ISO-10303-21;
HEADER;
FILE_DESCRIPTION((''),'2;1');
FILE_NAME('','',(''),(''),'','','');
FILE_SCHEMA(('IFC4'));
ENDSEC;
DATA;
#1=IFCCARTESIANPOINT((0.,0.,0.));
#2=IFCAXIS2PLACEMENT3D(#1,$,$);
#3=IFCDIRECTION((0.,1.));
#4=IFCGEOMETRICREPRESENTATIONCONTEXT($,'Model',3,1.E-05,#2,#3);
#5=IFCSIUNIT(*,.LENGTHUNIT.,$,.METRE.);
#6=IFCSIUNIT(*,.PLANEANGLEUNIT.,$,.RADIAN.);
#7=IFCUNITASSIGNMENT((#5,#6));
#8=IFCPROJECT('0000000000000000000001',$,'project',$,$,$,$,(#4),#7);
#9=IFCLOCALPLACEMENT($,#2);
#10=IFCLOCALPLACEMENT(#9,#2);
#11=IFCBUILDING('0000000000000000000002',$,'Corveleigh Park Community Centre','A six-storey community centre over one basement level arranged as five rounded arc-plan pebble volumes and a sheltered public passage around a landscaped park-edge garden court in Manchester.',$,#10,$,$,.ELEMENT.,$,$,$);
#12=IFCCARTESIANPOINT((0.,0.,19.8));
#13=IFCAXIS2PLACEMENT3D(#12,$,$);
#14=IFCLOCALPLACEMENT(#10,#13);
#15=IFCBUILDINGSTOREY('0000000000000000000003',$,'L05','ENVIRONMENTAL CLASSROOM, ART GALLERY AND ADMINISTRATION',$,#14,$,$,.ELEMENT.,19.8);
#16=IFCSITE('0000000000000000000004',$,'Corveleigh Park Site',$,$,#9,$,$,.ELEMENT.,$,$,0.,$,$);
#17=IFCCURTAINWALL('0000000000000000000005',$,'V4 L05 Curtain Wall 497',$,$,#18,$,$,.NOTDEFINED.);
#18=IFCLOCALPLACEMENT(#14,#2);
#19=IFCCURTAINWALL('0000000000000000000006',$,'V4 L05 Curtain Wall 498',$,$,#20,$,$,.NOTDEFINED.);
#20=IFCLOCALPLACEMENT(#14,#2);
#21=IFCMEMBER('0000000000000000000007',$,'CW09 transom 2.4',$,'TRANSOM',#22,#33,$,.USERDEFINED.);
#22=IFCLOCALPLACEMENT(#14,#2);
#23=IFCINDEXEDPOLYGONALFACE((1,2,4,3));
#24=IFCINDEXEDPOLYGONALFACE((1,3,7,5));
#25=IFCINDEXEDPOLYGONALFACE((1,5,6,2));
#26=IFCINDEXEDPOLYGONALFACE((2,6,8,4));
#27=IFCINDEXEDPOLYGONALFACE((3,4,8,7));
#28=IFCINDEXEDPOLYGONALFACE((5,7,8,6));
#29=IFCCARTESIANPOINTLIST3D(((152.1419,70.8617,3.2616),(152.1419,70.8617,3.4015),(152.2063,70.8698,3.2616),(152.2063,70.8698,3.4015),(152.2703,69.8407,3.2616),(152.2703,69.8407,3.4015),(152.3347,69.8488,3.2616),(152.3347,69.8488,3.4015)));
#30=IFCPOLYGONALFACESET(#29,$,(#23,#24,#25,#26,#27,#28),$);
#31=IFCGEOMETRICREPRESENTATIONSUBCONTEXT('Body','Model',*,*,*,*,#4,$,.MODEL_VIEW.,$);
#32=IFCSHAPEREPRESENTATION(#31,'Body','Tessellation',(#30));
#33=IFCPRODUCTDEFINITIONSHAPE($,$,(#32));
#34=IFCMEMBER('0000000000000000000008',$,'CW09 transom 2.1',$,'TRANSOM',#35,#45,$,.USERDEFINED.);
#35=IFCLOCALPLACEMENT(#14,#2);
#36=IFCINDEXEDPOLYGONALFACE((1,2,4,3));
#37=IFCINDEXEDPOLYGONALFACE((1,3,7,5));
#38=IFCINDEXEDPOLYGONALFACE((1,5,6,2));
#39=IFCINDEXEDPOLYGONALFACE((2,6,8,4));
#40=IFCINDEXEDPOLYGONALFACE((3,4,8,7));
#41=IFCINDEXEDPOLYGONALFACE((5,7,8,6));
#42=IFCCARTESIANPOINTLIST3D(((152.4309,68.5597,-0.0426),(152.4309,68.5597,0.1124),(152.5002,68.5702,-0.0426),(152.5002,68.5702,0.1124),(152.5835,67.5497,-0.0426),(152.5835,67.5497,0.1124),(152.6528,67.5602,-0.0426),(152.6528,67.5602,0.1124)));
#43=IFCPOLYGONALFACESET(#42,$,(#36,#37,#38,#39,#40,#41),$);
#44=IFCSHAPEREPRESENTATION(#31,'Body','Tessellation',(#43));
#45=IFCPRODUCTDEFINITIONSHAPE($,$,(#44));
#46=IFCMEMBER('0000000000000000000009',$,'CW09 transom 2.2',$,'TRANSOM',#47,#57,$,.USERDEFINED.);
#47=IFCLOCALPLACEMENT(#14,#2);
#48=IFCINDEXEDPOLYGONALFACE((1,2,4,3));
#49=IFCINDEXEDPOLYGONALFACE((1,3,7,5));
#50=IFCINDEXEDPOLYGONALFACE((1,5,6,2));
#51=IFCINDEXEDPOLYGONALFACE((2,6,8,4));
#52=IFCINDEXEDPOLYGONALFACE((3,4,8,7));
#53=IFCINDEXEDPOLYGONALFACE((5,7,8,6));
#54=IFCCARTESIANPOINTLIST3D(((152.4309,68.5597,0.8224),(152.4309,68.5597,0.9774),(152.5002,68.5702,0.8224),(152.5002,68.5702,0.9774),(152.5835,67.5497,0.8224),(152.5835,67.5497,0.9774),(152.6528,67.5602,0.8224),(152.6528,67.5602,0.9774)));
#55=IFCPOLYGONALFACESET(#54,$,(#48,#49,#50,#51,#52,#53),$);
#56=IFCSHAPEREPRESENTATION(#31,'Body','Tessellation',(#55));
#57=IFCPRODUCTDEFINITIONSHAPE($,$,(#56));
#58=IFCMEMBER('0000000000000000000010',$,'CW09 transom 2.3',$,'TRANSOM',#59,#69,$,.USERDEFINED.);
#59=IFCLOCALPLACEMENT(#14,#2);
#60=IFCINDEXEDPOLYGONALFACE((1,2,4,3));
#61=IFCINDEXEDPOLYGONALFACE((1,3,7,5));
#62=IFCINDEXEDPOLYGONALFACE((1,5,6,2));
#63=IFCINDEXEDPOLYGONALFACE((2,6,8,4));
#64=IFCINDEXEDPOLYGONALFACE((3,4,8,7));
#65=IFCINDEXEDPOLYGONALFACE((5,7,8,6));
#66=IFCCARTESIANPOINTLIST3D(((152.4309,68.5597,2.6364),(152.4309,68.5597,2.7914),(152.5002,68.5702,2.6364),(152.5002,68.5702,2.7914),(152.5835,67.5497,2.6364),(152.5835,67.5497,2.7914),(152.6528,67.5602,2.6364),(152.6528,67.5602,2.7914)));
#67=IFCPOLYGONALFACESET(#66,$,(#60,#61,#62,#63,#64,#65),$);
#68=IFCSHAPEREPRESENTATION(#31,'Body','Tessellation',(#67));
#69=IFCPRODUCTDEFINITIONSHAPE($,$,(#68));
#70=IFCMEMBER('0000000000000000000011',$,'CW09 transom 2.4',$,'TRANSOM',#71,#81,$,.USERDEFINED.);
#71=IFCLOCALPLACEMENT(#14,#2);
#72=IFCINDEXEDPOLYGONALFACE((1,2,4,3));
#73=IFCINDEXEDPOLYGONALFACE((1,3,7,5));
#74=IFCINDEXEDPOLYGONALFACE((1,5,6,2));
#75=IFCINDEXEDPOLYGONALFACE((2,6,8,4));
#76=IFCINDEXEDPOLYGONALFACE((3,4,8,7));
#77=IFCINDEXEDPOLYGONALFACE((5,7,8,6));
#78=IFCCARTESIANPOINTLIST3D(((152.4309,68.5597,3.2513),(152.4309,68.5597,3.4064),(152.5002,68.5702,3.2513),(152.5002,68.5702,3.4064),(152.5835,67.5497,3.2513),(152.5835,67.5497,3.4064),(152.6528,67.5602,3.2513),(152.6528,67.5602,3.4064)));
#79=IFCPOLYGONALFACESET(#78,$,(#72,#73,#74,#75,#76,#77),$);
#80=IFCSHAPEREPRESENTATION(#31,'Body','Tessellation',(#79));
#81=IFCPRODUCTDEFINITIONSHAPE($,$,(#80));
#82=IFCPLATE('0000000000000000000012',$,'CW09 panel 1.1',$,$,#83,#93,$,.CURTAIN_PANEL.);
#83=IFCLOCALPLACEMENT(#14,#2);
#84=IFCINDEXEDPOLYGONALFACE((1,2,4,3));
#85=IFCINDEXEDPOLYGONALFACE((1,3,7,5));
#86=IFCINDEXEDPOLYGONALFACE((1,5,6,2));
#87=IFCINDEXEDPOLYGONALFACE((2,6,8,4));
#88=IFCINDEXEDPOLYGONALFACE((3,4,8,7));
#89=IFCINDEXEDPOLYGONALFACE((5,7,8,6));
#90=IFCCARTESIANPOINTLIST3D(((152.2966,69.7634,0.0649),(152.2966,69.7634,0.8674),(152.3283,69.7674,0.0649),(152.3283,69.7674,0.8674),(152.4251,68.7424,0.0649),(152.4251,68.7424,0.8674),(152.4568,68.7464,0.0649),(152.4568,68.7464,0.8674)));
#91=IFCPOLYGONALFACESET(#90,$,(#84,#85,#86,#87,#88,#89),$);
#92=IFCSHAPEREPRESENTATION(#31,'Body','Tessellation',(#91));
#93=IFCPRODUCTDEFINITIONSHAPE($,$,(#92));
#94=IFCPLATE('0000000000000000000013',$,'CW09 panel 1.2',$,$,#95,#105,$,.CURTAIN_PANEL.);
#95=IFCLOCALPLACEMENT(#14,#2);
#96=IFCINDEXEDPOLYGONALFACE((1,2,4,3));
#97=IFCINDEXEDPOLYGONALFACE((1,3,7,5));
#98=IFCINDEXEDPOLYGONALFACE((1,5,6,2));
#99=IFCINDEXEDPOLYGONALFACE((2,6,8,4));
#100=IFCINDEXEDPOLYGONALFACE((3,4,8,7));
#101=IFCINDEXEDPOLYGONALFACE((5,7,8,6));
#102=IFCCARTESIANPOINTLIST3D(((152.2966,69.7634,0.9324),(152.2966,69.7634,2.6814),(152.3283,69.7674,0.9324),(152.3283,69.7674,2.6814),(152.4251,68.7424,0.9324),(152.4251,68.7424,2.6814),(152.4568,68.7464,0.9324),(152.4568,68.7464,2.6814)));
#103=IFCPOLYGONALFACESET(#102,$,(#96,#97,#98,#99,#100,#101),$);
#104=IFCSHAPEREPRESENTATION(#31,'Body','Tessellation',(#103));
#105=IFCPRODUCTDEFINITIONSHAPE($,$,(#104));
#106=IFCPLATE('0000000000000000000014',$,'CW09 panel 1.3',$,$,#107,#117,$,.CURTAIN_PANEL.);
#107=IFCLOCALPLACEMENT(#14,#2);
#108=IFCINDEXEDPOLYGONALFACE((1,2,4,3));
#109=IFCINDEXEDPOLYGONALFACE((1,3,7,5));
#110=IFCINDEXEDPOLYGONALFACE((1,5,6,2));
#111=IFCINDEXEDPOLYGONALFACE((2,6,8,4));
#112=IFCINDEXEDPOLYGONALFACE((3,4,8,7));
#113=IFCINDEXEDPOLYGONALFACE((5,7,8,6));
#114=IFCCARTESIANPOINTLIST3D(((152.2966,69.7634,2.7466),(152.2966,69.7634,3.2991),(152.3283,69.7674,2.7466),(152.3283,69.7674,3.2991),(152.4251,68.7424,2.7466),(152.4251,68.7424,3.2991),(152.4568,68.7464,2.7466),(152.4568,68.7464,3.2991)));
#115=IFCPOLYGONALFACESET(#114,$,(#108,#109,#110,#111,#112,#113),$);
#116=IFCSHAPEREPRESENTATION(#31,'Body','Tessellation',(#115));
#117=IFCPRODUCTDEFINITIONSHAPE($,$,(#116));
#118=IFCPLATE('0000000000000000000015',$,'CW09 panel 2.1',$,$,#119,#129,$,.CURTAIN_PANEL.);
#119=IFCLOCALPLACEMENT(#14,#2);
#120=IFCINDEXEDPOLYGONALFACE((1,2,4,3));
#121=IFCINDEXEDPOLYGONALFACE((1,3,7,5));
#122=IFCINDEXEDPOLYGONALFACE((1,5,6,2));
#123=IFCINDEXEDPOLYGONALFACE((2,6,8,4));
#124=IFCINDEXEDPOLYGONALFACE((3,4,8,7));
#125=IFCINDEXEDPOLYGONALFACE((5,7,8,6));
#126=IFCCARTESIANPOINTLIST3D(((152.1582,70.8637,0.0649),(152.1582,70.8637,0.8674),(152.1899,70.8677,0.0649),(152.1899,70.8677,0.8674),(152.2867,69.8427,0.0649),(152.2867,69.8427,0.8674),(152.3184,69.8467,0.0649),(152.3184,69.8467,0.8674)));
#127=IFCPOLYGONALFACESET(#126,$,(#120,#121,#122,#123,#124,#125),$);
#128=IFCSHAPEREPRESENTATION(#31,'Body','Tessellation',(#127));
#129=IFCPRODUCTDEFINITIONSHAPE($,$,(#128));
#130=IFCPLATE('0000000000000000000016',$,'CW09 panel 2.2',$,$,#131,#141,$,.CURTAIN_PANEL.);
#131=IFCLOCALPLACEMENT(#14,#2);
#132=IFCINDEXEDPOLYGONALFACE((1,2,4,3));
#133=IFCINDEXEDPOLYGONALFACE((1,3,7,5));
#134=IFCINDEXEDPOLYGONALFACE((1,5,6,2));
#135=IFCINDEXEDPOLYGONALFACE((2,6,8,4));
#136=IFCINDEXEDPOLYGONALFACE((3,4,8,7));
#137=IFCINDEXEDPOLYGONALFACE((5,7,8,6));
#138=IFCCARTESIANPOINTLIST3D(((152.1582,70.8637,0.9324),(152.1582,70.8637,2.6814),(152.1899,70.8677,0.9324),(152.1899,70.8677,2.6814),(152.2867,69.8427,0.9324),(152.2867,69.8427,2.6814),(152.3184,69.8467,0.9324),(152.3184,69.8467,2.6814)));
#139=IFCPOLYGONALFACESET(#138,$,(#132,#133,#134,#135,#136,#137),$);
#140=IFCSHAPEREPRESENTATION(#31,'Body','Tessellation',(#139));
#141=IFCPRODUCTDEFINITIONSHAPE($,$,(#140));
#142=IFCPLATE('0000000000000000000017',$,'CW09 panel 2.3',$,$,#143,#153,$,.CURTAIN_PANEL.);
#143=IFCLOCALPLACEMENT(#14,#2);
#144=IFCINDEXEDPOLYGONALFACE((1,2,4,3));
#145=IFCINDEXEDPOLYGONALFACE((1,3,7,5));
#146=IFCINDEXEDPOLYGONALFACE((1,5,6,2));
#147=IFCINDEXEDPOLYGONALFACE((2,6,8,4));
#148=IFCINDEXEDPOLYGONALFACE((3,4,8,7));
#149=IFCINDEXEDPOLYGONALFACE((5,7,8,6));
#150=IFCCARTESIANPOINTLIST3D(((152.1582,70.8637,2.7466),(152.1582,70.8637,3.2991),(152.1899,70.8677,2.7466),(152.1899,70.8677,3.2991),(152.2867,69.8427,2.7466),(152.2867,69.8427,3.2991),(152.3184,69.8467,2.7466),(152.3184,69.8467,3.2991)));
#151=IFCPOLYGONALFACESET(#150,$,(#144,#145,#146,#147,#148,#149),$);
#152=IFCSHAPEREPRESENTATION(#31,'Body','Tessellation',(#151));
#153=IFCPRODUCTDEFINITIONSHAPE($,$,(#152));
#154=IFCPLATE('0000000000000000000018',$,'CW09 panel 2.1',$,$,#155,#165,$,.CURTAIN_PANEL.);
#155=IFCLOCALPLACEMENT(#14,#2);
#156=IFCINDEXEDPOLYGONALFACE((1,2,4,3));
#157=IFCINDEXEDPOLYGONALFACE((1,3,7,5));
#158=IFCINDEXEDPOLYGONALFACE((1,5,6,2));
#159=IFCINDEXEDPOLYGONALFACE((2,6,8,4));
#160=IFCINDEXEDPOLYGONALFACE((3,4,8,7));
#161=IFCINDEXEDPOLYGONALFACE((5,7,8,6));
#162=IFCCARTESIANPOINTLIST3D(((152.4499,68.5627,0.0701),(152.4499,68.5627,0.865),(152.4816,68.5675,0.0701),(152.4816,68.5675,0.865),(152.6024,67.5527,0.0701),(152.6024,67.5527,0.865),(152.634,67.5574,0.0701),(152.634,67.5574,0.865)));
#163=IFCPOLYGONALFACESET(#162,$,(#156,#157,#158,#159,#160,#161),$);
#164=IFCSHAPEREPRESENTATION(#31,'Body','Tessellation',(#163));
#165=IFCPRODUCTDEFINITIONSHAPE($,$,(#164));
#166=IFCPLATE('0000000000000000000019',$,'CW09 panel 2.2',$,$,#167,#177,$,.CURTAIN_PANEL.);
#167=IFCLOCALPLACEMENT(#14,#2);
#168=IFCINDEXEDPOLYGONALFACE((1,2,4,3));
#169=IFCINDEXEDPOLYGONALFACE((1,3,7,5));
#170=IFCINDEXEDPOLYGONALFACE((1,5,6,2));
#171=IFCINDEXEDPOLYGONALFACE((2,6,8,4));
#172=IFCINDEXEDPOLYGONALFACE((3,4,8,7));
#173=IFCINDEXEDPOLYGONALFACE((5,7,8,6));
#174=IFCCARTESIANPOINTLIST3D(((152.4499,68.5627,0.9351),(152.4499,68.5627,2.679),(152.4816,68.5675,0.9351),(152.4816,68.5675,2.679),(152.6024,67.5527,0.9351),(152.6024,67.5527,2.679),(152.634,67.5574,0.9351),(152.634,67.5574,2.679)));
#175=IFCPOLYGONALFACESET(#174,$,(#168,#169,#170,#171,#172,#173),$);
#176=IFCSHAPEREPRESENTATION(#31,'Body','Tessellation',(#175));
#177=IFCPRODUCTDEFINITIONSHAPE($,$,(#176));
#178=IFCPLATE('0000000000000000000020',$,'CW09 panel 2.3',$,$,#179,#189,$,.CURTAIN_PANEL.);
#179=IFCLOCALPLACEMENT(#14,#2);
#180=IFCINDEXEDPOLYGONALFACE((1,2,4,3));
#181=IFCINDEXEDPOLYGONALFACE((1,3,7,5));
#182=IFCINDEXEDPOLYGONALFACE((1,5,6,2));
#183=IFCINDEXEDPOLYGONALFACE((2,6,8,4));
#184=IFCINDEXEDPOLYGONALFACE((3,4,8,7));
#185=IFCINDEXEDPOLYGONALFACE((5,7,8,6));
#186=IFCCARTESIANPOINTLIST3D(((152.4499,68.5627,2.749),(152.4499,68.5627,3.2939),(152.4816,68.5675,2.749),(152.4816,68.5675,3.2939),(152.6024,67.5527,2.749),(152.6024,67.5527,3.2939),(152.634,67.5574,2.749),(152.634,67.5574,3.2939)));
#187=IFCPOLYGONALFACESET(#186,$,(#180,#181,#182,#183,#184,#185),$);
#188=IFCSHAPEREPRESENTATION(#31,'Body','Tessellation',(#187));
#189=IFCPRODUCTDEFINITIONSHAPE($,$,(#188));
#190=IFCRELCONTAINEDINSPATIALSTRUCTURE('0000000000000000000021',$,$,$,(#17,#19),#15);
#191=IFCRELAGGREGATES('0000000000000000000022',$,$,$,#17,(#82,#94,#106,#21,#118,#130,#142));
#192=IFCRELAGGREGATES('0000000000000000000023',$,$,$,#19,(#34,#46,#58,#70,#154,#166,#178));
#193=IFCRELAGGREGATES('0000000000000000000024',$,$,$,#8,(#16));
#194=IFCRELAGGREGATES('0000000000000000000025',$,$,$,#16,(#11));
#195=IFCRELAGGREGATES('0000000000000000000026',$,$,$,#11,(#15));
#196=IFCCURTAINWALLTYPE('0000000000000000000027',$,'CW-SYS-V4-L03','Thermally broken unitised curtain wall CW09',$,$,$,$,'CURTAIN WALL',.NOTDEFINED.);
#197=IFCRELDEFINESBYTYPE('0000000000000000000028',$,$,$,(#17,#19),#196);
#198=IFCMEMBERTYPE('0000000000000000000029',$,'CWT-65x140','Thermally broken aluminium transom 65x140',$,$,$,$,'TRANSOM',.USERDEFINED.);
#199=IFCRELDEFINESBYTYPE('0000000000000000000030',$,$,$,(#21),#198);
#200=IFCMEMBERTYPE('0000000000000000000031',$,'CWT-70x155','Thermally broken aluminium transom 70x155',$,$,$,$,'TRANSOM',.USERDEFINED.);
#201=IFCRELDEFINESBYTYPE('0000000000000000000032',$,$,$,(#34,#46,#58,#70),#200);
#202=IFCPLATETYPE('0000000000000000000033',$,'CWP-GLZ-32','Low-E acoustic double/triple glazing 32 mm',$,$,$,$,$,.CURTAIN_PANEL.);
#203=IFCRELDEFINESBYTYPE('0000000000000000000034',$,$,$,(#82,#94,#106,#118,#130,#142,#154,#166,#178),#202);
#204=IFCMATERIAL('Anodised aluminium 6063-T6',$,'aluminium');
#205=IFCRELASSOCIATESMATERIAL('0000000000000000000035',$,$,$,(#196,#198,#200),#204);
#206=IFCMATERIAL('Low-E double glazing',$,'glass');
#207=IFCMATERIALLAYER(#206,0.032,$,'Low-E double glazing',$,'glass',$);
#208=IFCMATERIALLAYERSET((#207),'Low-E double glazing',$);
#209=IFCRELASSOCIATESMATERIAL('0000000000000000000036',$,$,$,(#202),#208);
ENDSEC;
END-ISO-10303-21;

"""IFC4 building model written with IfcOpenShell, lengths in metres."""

from ifc_helpers import new_model, si_unit, direction, frame, origin, origin_2d, place, context, subcontext, project, spatial, rectangle, extrude, material, layer, layer_set, material_profile, profile_set, type_object, element, aggregate, save


model = new_model("IFC4")

# Units and contexts
model_context = context("Model", 3, precision=1e-05, world=origin(), true_north=direction((0.0, 1.0)))
body_context = subcontext(model_context, "Body", "Model", "MODEL_VIEW")
ifc_project = project(units=[si_unit("LENGTHUNIT", "METRE"), si_unit("PLANEANGLEUNIT", "RADIAN")], contexts=[model_context])

# Site, building, storey
site_placement = place(None, origin())
site = spatial("IfcSite", under=ifc_project, at=site_placement, Name="Corveleigh Park Site", CompositionType="ELEMENT", RefElevation=0.0)
building_placement = place(site_placement, origin())
building = spatial("IfcBuilding", under=site, at=building_placement, Name="Corveleigh Park Community Centre", Description="A six-storey community centre over one basement level arranged as five rounded arc-plan pebble volumes and a sheltered public passage around a landscaped park-edge garden court in Manchester.", CompositionType="ELEMENT")
storey_placement = place(building_placement, frame((0.0, 0.0, 19.8)))
storey = spatial("IfcBuildingStorey", under=building, at=storey_placement, Name="L05", Description="ENVIRONMENTAL CLASSROOM, ART GALLERY AND ADMINISTRATION", CompositionType="ELEMENT", Elevation=19.8)

# Shared definitions
ifc_material_1 = material(Name="Anodised aluminium 6063-T6", Category="aluminium")
curtain_wall_type = type_object("IfcCurtainWallType", Name="CW-SYS-V4-L03", Description="Thermally broken unitised curtain wall CW09", ElementType="CURTAIN WALL", PredefinedType="NOTDEFINED", material=ifc_material_1)

# Curtain walls
curtain_wall_1_placement = place(storey_placement, origin())
curtain_wall_1 = element("IfcCurtainWall", 1, at=curtain_wall_1_placement, inside=storey, type_object=curtain_wall_type, Name="V4 L05 Curtain Wall 497", PredefinedType="NOTDEFINED")
curtain_wall_2_placement = place(storey_placement, origin())
curtain_wall_2 = element("IfcCurtainWall", 2, at=curtain_wall_2_placement, inside=storey, type_object=curtain_wall_type, Name="V4 L05 Curtain Wall 498", PredefinedType="NOTDEFINED")

# Members
ifc_material_profile_1 = material_profile(ifc_material_1, rectangle(XDim=0.0649, YDim=0.1399, at=origin_2d()), Name="ALU-T65x140", Category="aluminium")
ifc_profile_set_1 = profile_set([ifc_material_profile_1], Name="Anodised aluminium 6063-T6")
member_type_1 = type_object("IfcMemberType", Name="CWT-65x140", Description="Thermally broken aluminium transom 65x140", ElementType="TRANSOM", PredefinedType="USERDEFINED", material=ifc_profile_set_1)
member_1_placement = place(storey_placement, frame((152.3025, 69.8447, 3.3315), z_axis=(-0.124794, 0.992183, 0.0), x_axis=(-0.992183, -0.124794, 0.0)))
member_1 = element("IfcMember", 3, at=member_1_placement, type_object=member_type_1, Name="CW09 transom 2.4", ObjectType="TRANSOM", PredefinedType="USERDEFINED", context=body_context, shape_type="SweptSolid", body=[
    extrude(rectangle(XDim=0.0649, YDim=0.1399, at=origin_2d()), origin(), (0.0, 0.0, 1.0), 1.0291),
])
ifc_material_profile_2 = material_profile(ifc_material_1, rectangle(XDim=0.0701, YDim=0.155, at=origin_2d()), Name="ALU-T70x155", Category="aluminium")
ifc_profile_set_2 = profile_set([ifc_material_profile_2], Name="Anodised aluminium 6063-T6")
member_type_2 = type_object("IfcMemberType", Name="CWT-70x155", Description="Thermally broken aluminium transom 70x155", ElementType="TRANSOM", PredefinedType="USERDEFINED", material=ifc_profile_set_2)
member_2_placement = place(storey_placement, frame((152.6182, 67.5549, 0.0349), z_axis=(-0.149381, 0.98878, 0.0), x_axis=(-0.98878, -0.149381, 0.0)))
member_2 = element("IfcMember", 4, at=member_2_placement, type_object=member_type_2, Name="CW09 transom 2.1", ObjectType="TRANSOM", PredefinedType="USERDEFINED", context=body_context, shape_type="SweptSolid", body=[
    extrude(rectangle(XDim=0.0701, YDim=0.155, at=origin_2d()), origin(), (0.0, 0.0, 1.0), 1.0215),
])
member_3_placement = place(storey_placement, frame((152.6182, 67.5549, 0.8999), z_axis=(-0.149381, 0.98878, 0.0), x_axis=(-0.98878, -0.149381, 0.0)))
member_3 = element("IfcMember", 5, at=member_3_placement, type_object=member_type_2, Name="CW09 transom 2.2", ObjectType="TRANSOM", PredefinedType="USERDEFINED", context=body_context, shape_type="SweptSolid", body=[
    extrude(rectangle(XDim=0.0701, YDim=0.155, at=origin_2d()), origin(), (0.0, 0.0, 1.0), 1.0215),
])
member_4_placement = place(storey_placement, frame((152.6182, 67.5549, 2.7139), z_axis=(-0.149381, 0.98878, 0.0), x_axis=(-0.98878, -0.149381, 0.0)))
member_4 = element("IfcMember", 6, at=member_4_placement, type_object=member_type_2, Name="CW09 transom 2.3", ObjectType="TRANSOM", PredefinedType="USERDEFINED", context=body_context, shape_type="SweptSolid", body=[
    extrude(rectangle(XDim=0.0701, YDim=0.155, at=origin_2d()), origin(), (0.0, 0.0, 1.0), 1.0215),
])
member_5_placement = place(storey_placement, frame((152.6182, 67.5549, 3.3289), z_axis=(-0.149381, 0.98878, 0.0), x_axis=(-0.98878, -0.149381, 0.0)))
member_5 = element("IfcMember", 7, at=member_5_placement, type_object=member_type_2, Name="CW09 transom 2.4", ObjectType="TRANSOM", PredefinedType="USERDEFINED", context=body_context, shape_type="SweptSolid", body=[
    extrude(rectangle(XDim=0.0701, YDim=0.155, at=origin_2d()), origin(), (0.0, 0.0, 1.0), 1.0215),
])

# Plates
ifc_material_2 = material(Name="Low-E double glazing", Category="glass")
ifc_layer = layer(ifc_material_2, 0.032, Name="Low-E double glazing", Category="glass")
ifc_layer_set = layer_set([ifc_layer], Name="Low-E double glazing")
plate_type = type_object("IfcPlateType", Name="CWP-GLZ-32", Description="Low-E acoustic double/triple glazing 32 mm", PredefinedType="CURTAIN_PANEL", material=ifc_layer_set)
plate_1_placement = place(storey_placement, frame((152.3767, 69.2549, 0.0649), z_axis=(0.0, 0.0, 1.0), x_axis=(-0.124892, 0.99217, 0.0)))
plate_1 = element("IfcPlate", 8, at=plate_1_placement, type_object=plate_type, Name="CW09 panel 1.1", PredefinedType="CURTAIN_PANEL", context=body_context, shape_type="SweptSolid", body=[
    extrude(rectangle(XDim=1.0291, YDim=0.032, at=origin_2d()), origin(), (0.0, 0.0, 1.0), 0.8025),
])
plate_2_placement = place(storey_placement, frame((152.3767, 69.2549, 0.9324), z_axis=(0.0, 0.0, 1.0), x_axis=(-0.124892, 0.99217, 0.0)))
plate_2 = element("IfcPlate", 9, at=plate_2_placement, type_object=plate_type, Name="CW09 panel 1.2", PredefinedType="CURTAIN_PANEL", context=body_context, shape_type="SweptSolid", body=[
    extrude(rectangle(XDim=1.0291, YDim=0.032, at=origin_2d()), origin(), (0.0, 0.0, 1.0), 1.749),
])
plate_3_placement = place(storey_placement, frame((152.3767, 69.2549, 2.7466), z_axis=(0.0, 0.0, 1.0), x_axis=(-0.124892, 0.99217, 0.0)))
plate_3 = element("IfcPlate", 10, at=plate_3_placement, type_object=plate_type, Name="CW09 panel 1.3", PredefinedType="CURTAIN_PANEL", context=body_context, shape_type="SweptSolid", body=[
    extrude(rectangle(XDim=1.0291, YDim=0.032, at=origin_2d()), origin(), (0.0, 0.0, 1.0), 0.5525),
])
plate_4_placement = place(storey_placement, frame((152.2383, 70.3552, 0.0649), z_axis=(0.0, 0.0, 1.0), x_axis=(-0.124892, 0.99217, 0.0)))
plate_4 = element("IfcPlate", 11, at=plate_4_placement, type_object=plate_type, Name="CW09 panel 2.1", PredefinedType="CURTAIN_PANEL", context=body_context, shape_type="SweptSolid", body=[
    extrude(rectangle(XDim=1.0291, YDim=0.032, at=origin_2d()), origin(), (0.0, 0.0, 1.0), 0.8025),
])
plate_5_placement = place(storey_placement, frame((152.2383, 70.3552, 0.9324), z_axis=(0.0, 0.0, 1.0), x_axis=(-0.124892, 0.99217, 0.0)))
plate_5 = element("IfcPlate", 12, at=plate_5_placement, type_object=plate_type, Name="CW09 panel 2.2", PredefinedType="CURTAIN_PANEL", context=body_context, shape_type="SweptSolid", body=[
    extrude(rectangle(XDim=1.0291, YDim=0.032, at=origin_2d()), origin(), (0.0, 0.0, 1.0), 1.749),
])
plate_6_placement = place(storey_placement, frame((152.2383, 70.3552, 2.7466), z_axis=(0.0, 0.0, 1.0), x_axis=(-0.124892, 0.99217, 0.0)))
plate_6 = element("IfcPlate", 13, at=plate_6_placement, type_object=plate_type, Name="CW09 panel 2.3", PredefinedType="CURTAIN_PANEL", context=body_context, shape_type="SweptSolid", body=[
    extrude(rectangle(XDim=1.0291, YDim=0.032, at=origin_2d()), origin(), (0.0, 0.0, 1.0), 0.5525),
])
aggregate(curtain_wall_1, [plate_1, plate_2, plate_3, member_1, plate_4, plate_5, plate_6])
plate_7_placement = place(storey_placement, frame((152.542, 68.0601, 0.0701), z_axis=(0.0, 0.0, 1.0), x_axis=(-0.149277, 0.988795, 0.0)))
plate_7 = element("IfcPlate", 14, at=plate_7_placement, type_object=plate_type, Name="CW09 panel 2.1", PredefinedType="CURTAIN_PANEL", context=body_context, shape_type="SweptSolid", body=[
    extrude(rectangle(XDim=1.0215, YDim=0.032, at=origin_2d()), origin(), (0.0, 0.0, 1.0), 0.7949),
])
plate_8_placement = place(storey_placement, frame((152.542, 68.0601, 0.9351), z_axis=(0.0, 0.0, 1.0), x_axis=(-0.149277, 0.988795, 0.0)))
plate_8 = element("IfcPlate", 15, at=plate_8_placement, type_object=plate_type, Name="CW09 panel 2.2", PredefinedType="CURTAIN_PANEL", context=body_context, shape_type="SweptSolid", body=[
    extrude(rectangle(XDim=1.0215, YDim=0.032, at=origin_2d()), origin(), (0.0, 0.0, 1.0), 1.7439),
])
plate_9_placement = place(storey_placement, frame((152.542, 68.0601, 2.749), z_axis=(0.0, 0.0, 1.0), x_axis=(-0.149277, 0.988795, 0.0)))
plate_9 = element("IfcPlate", 16, at=plate_9_placement, type_object=plate_type, Name="CW09 panel 2.3", PredefinedType="CURTAIN_PANEL", context=body_context, shape_type="SweptSolid", body=[
    extrude(rectangle(XDim=1.0215, YDim=0.032, at=origin_2d()), origin(), (0.0, 0.0, 1.0), 0.5449),
])
aggregate(curtain_wall_2, [member_2, member_3, member_4, member_5, plate_7, plate_8, plate_9])

save(model, "model.ifc")
